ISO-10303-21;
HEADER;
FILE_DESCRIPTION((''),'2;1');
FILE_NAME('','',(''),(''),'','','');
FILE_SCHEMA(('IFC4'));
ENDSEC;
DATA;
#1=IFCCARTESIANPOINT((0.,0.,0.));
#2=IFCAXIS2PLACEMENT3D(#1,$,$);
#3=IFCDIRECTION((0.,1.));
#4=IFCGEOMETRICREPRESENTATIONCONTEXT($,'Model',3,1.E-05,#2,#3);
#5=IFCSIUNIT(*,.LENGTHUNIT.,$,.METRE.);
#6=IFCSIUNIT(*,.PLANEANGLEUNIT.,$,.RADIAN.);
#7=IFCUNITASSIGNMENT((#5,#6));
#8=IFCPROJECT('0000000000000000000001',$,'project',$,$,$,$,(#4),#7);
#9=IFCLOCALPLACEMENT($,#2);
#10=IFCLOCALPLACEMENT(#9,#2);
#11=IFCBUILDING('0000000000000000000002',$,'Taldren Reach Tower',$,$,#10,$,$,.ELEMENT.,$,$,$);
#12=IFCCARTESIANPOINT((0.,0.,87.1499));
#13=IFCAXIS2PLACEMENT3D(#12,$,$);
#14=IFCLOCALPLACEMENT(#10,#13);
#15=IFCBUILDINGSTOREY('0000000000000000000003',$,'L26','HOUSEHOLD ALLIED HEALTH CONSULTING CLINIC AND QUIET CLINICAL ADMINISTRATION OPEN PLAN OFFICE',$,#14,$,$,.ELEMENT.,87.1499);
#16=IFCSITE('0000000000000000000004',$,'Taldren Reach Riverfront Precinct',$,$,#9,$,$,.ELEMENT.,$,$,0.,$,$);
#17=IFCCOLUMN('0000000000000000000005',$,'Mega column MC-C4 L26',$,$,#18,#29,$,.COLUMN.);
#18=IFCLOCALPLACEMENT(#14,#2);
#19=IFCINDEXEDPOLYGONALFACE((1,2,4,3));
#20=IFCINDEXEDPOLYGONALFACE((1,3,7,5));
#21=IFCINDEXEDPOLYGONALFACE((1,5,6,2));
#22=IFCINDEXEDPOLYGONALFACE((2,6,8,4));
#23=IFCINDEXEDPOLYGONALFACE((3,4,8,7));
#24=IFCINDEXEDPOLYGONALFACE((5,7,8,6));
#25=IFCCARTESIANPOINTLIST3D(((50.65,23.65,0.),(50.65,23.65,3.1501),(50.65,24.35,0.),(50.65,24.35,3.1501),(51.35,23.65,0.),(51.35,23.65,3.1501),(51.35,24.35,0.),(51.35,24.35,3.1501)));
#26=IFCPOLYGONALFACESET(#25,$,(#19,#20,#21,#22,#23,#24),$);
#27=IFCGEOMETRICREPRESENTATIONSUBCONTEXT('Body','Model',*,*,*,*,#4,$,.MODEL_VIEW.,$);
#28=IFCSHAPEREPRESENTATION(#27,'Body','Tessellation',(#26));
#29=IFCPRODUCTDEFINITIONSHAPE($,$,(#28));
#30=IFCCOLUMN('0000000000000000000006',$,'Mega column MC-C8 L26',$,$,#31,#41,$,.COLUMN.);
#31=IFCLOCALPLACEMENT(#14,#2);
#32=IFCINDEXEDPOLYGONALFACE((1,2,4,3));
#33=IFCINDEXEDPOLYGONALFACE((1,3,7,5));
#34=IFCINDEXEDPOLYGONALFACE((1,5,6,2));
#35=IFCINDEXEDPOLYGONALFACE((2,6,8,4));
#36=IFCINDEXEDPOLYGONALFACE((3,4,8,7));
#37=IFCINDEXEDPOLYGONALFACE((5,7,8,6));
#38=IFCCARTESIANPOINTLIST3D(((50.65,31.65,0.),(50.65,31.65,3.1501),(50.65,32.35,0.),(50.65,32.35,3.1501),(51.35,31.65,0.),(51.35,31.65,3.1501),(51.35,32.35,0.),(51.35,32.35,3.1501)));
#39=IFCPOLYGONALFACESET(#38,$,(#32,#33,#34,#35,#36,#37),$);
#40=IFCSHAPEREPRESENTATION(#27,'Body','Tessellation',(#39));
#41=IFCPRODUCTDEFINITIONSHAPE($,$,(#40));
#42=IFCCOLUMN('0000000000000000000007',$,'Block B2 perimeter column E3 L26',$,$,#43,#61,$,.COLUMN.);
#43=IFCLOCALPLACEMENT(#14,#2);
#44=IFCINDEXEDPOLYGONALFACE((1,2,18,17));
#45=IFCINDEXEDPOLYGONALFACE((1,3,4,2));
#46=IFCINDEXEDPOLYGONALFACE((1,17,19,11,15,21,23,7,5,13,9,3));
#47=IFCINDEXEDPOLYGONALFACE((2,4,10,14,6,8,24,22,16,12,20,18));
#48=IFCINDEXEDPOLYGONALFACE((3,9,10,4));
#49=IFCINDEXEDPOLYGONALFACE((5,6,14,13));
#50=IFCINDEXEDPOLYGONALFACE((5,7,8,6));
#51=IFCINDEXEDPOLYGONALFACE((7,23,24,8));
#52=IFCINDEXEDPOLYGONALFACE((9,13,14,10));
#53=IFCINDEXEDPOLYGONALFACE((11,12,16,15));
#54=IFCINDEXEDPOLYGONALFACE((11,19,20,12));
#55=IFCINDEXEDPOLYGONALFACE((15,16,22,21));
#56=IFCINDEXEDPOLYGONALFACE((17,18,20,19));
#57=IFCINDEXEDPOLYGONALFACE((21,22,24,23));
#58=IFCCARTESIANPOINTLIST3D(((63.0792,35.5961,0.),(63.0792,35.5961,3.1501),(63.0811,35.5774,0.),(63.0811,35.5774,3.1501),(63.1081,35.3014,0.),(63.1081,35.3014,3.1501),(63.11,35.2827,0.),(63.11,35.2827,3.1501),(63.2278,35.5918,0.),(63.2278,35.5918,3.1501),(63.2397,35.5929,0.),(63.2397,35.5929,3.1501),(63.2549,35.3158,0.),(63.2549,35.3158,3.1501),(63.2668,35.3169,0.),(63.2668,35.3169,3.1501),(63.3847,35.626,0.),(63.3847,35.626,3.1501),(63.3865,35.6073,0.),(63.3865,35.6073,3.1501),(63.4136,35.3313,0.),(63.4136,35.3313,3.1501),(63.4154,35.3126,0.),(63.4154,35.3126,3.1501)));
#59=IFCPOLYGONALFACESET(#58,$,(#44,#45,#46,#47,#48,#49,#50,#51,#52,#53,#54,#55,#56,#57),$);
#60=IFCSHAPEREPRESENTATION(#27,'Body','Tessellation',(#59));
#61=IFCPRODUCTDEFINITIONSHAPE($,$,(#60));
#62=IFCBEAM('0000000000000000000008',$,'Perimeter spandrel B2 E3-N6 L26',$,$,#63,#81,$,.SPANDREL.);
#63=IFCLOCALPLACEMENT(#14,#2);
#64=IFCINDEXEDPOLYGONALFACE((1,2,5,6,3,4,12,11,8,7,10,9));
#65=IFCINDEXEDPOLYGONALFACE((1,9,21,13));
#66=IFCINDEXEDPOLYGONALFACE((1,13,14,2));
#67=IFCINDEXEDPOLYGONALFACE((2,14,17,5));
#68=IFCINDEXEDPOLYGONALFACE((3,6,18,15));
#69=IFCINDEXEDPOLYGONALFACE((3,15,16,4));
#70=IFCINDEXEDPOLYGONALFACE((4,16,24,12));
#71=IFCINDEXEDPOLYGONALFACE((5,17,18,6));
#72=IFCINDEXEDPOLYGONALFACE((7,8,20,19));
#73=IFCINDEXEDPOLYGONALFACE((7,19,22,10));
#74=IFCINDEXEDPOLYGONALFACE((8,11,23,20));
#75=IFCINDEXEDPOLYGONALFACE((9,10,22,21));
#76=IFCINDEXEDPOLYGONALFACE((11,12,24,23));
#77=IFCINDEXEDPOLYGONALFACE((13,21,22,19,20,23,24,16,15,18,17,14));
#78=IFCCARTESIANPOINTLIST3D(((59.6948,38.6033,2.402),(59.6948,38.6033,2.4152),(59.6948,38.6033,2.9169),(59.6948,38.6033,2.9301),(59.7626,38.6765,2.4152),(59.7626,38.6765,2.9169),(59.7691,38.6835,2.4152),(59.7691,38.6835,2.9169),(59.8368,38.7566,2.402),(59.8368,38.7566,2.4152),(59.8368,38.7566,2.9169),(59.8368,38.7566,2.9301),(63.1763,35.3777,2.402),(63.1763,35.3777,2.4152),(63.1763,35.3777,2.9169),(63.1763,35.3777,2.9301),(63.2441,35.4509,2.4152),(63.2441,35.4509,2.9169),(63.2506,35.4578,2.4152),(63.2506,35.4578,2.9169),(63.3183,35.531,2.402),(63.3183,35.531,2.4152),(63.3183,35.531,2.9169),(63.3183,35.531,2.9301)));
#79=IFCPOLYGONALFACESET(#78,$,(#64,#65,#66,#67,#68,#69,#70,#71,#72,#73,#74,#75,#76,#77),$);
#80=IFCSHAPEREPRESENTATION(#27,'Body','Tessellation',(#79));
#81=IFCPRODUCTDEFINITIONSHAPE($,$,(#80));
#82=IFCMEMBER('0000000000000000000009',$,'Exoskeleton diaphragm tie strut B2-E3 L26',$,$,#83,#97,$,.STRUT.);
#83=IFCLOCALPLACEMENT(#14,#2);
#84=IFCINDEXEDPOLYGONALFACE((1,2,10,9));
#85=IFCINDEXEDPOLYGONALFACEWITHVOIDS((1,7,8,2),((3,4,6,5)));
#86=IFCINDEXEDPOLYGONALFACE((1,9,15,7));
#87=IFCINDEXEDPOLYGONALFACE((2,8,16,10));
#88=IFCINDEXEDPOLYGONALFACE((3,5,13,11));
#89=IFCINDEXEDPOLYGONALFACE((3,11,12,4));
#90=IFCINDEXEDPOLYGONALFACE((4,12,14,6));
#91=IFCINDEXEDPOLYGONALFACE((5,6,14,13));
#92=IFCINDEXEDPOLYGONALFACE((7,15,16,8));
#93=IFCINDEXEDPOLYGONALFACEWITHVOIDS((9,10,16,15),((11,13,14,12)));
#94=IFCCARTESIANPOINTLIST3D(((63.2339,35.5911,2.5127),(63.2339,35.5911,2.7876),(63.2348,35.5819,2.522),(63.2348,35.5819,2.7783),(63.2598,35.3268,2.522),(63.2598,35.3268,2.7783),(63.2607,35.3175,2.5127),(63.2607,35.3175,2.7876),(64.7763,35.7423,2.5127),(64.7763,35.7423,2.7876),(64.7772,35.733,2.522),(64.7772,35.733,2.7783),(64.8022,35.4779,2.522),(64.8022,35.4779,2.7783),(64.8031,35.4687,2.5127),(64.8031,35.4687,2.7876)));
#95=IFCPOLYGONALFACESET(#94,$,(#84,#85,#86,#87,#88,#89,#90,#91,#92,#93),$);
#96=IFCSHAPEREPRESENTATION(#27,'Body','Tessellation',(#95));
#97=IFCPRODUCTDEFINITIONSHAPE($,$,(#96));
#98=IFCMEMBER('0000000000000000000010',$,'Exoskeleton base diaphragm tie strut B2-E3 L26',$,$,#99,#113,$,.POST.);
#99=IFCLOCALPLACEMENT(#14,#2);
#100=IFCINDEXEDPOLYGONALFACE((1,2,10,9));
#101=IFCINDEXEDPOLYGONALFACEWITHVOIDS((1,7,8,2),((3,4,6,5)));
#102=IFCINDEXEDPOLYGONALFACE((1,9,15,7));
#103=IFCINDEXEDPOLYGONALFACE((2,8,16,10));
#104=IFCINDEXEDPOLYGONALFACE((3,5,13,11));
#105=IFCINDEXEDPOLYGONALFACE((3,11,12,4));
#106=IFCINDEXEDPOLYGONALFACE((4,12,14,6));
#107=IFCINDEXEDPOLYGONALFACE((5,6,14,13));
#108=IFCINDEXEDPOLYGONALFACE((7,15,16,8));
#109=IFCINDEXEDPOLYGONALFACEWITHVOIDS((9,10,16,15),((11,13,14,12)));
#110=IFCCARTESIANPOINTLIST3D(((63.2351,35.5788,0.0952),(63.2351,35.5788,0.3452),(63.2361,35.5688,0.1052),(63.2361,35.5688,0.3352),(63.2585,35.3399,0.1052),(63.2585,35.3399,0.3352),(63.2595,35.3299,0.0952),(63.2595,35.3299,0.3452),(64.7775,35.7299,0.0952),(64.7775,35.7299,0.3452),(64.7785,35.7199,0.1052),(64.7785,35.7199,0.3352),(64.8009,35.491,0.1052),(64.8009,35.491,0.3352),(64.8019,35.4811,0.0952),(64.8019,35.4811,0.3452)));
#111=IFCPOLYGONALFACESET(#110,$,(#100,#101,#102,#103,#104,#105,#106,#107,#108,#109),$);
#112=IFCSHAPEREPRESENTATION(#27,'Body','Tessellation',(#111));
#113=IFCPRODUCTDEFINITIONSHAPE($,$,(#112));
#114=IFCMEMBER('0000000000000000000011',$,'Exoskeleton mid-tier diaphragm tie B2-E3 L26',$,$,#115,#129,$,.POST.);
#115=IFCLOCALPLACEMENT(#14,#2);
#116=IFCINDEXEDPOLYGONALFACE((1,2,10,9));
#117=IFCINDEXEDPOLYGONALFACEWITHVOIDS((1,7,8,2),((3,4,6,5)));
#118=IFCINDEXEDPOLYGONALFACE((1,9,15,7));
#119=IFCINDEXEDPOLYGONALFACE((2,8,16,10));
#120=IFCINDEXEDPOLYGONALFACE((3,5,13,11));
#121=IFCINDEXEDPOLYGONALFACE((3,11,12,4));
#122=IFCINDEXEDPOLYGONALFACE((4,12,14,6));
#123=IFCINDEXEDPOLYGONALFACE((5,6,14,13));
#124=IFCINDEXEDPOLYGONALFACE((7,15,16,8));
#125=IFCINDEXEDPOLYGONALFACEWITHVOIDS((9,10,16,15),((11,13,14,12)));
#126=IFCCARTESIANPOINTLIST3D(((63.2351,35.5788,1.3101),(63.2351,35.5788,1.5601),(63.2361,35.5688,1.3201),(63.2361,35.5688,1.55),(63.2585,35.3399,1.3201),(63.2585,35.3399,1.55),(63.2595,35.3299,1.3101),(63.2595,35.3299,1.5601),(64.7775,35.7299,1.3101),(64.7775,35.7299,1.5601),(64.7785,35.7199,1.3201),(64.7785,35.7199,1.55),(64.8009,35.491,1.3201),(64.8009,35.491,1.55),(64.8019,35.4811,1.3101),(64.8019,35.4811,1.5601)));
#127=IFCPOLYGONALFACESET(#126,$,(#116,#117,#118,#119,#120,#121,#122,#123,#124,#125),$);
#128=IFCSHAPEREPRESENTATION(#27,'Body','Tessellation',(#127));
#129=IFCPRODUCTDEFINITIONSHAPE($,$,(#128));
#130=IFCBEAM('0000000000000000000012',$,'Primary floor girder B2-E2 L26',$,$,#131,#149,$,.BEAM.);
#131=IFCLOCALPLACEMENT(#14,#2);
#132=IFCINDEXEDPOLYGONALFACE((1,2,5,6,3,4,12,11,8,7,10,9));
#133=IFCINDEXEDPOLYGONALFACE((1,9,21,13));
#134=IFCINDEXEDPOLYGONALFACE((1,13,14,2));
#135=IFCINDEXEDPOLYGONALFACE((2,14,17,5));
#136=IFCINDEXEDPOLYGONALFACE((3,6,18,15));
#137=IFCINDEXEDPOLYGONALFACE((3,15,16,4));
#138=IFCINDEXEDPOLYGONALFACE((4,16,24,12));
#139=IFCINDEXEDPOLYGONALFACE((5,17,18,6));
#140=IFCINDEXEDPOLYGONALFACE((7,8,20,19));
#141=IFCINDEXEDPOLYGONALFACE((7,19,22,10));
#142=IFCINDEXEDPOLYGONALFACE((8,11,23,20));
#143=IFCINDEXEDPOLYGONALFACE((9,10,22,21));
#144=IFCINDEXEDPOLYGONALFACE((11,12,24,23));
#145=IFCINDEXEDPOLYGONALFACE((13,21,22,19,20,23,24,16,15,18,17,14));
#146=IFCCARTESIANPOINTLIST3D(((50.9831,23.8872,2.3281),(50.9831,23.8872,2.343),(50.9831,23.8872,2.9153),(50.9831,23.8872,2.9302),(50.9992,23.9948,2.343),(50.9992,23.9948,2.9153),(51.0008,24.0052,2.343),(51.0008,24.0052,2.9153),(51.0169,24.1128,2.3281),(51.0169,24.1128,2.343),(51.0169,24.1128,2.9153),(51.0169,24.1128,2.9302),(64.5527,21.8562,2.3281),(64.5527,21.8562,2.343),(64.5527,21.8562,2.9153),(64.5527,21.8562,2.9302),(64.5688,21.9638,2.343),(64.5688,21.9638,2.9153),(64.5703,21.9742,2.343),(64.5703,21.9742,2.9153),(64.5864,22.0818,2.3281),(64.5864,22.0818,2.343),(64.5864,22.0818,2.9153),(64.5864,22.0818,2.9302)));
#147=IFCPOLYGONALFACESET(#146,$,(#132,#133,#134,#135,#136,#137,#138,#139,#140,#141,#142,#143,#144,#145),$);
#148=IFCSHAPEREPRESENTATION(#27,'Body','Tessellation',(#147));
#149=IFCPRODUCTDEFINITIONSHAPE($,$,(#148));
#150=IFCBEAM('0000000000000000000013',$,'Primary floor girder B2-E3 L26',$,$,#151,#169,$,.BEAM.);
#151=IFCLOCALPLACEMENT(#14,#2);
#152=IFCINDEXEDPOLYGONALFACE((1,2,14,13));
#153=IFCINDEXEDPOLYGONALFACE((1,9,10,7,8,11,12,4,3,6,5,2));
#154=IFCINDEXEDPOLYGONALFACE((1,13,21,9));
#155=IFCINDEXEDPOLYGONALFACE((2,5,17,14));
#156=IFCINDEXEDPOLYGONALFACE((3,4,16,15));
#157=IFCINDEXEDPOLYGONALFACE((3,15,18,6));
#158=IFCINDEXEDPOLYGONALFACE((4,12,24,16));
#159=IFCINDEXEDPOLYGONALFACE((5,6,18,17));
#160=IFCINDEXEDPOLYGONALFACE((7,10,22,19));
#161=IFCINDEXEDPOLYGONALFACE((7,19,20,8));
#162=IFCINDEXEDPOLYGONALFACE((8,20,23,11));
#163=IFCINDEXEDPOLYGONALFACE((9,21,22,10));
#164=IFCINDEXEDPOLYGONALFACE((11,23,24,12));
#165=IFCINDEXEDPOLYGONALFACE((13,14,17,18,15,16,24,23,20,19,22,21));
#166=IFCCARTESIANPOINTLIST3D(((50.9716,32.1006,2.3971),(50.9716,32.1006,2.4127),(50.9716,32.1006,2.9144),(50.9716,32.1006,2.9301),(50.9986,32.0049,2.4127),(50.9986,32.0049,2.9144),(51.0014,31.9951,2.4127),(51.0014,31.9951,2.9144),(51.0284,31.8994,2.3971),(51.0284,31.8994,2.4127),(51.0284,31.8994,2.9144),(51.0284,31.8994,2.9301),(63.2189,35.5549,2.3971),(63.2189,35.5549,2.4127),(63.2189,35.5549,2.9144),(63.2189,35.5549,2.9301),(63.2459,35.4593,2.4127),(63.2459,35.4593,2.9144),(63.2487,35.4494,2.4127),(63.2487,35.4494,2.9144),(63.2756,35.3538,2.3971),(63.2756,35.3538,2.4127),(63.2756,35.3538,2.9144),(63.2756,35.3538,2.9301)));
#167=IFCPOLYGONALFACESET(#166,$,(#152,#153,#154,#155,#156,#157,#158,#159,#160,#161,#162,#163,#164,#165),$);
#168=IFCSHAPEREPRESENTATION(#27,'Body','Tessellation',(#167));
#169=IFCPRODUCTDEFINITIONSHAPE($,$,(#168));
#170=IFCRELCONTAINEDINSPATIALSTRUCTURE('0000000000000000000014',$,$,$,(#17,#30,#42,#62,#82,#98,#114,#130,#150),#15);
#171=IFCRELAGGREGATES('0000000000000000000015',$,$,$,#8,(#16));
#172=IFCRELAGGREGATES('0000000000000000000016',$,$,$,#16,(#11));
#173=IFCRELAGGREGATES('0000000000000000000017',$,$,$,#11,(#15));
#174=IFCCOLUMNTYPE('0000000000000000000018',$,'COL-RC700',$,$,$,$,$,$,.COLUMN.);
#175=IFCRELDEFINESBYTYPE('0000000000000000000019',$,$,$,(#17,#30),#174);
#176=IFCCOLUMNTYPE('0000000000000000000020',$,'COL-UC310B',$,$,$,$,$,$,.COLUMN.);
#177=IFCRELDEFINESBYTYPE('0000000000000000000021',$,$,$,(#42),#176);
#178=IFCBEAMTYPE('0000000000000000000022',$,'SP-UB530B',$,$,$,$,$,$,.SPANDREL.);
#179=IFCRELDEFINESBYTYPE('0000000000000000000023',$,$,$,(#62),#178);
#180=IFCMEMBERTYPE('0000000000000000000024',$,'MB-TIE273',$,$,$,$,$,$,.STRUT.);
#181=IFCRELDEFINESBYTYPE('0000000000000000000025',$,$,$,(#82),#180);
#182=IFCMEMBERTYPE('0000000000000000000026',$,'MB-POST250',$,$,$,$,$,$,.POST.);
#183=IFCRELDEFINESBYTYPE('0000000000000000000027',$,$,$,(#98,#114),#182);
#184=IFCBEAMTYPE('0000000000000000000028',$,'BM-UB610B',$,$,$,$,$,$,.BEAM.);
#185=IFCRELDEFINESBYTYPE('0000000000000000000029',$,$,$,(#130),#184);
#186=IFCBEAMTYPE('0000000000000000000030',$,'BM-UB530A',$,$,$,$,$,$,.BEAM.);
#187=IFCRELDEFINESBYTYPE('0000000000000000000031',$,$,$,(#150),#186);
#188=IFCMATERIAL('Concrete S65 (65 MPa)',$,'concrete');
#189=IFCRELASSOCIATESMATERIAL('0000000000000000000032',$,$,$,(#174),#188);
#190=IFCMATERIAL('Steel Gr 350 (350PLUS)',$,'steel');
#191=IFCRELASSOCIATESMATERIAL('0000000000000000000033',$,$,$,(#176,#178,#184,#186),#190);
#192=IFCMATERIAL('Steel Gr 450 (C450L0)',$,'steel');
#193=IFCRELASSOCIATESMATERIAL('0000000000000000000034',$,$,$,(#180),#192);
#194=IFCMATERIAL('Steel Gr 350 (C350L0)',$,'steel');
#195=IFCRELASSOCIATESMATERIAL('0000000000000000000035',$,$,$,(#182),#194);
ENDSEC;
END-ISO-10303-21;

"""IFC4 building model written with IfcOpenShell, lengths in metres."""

from ifc_helpers import new_model, si_unit, direction, frame, origin, origin_2d, place, context, subcontext, project, spatial, rectangle, hollow_rectangle, i_section, extrude, source, transform, mapped, material, material_profile, profile_set, type_object, element, save


model = new_model("IFC4")

# Units and contexts
model_context = context("Model", 3, precision=1e-05, world=origin(), true_north=direction((0.0, 1.0)))
body_context = subcontext(model_context, "Body", "Model", "MODEL_VIEW")
ifc_project = project(units=[si_unit("LENGTHUNIT", "METRE"), si_unit("PLANEANGLEUNIT", "RADIAN")], contexts=[model_context])

# Site, building, storey
site_placement = place(None, origin())
site = spatial("IfcSite", under=ifc_project, at=site_placement, Name="Taldren Reach Riverfront Precinct", CompositionType="ELEMENT", RefElevation=0.0)
building_placement = place(site_placement, origin())
building = spatial("IfcBuilding", under=site, at=building_placement, Name="Taldren Reach Tower", CompositionType="ELEMENT")
storey_placement = place(building_placement, frame((0.0, 0.0, 87.1499)))
storey = spatial("IfcBuildingStorey", under=building, at=storey_placement, Name="L26", Description="HOUSEHOLD ALLIED HEALTH CONSULTING CLINIC AND QUIET CLINICAL ADMINISTRATION OPEN PLAN OFFICE", CompositionType="ELEMENT", Elevation=87.1499)

# Columns
ifc_material_1 = material(Name="Concrete S65 (65 MPa)", Category="concrete")
ifc_material_profile_1 = material_profile(ifc_material_1, rectangle(XDim=0.7, YDim=0.7, at=origin_2d()), Name="RC-700x700")
ifc_profile_set_1 = profile_set([ifc_material_profile_1], Name="Concrete S65 (65 MPa)")
column_type_1 = type_object("IfcColumnType", Name="COL-RC700", PredefinedType="COLUMN", material=ifc_profile_set_1)
shared_shape_1 = source(origin(), body_context, "Body", "SweptSolid", [
    extrude(rectangle(XDim=0.7, YDim=0.7, at=origin_2d()), origin(), (0.0, 0.0, 1.0), 3.1501),
])
for number, where, z_axis, x_axis, name in (
    (1, (51.0, 24.0, 0.0), (0.0, 0.0, 1.0), (1.0, 0.0, 0.0), "Mega column MC-C4 L26"),
    (2, (51.0, 32.0, 0.0), (0.0, 0.0, 1.0), (1.0, 0.0, 0.0), "Mega column MC-C8 L26"),
):
    element("IfcColumn", number, at=place(storey_placement, frame(where, z_axis=z_axis, x_axis=x_axis)), inside=storey, type_object=column_type_1, Name=name, PredefinedType="COLUMN", context=body_context, shape_type="MappedRepresentation", body=[
        mapped(shared_shape_1, transform((0.0, 0.0, 0.0), scale=1.0)),
    ])
ifc_material_2 = material(Name="Steel Gr 350 (350PLUS)", Category="steel")
ifc_material_profile_2 = material_profile(ifc_material_2, i_section(OverallWidth=0.3069, OverallDepth=0.3149, WebThickness=0.012, FlangeThickness=0.0188, at=origin_2d()), Name="310UC118")
ifc_profile_set_2 = profile_set([ifc_material_profile_2], Name="Steel Gr 350 (350PLUS)")
column_type_2 = type_object("IfcColumnType", Name="COL-UC310B", PredefinedType="COLUMN", material=ifc_profile_set_2)
shared_shape_2 = source(origin(), body_context, "Body", "SweptSolid", [
    extrude(i_section(OverallWidth=0.3069, OverallDepth=0.3149, WebThickness=0.012, FlangeThickness=0.0188, at=origin_2d()), origin(), (0.0, 0.0, 1.0), 3.1501),
])
column_placement = place(storey_placement, frame((63.2473, 35.4543, 0.0), z_axis=(0.0, 0.0, 1.0), x_axis=(0.995227, 0.097583, 0.0)))
element("IfcColumn", 3, at=column_placement, inside=storey, type_object=column_type_2, Name="Block B2 perimeter column E3 L26", PredefinedType="COLUMN", context=body_context, shape_type="MappedRepresentation", body=[
    mapped(shared_shape_2, transform((0.0, 0.0, 0.0), scale=1.0)),
])

# Beam
ifc_material_profile_3 = material_profile(ifc_material_2, i_section(OverallWidth=0.209, OverallDepth=0.5281, WebThickness=0.0095, FlangeThickness=0.0132, at=origin_2d()), Name="530UB82.0")
ifc_profile_set_3 = profile_set([ifc_material_profile_3], Name="Steel Gr 350 (350PLUS)")
beam_type_1 = type_object("IfcBeamType", Name="SP-UB530B", PredefinedType="SPANDREL", material=ifc_profile_set_3)
shared_shape_3 = source(origin(), body_context, "Body", "SweptSolid", [
    extrude(i_section(OverallWidth=0.209, OverallDepth=0.5281, WebThickness=0.0095, FlangeThickness=0.0132, at=origin_2d()), origin(), (0.0, 0.0, 1.0), 4.7461),
])
beam_1_placement = place(storey_placement, frame((63.2473, 35.4543, 2.666), z_axis=(-0.733548, 0.679638, 0.0), x_axis=(-0.679638, -0.733548, 0.0)))
element("IfcBeam", 4, at=beam_1_placement, inside=storey, type_object=beam_type_1, Name="Perimeter spandrel B2 E3-N6 L26", PredefinedType="SPANDREL", context=body_context, shape_type="MappedRepresentation", body=[
    mapped(shared_shape_3, transform((0.0, 0.0, 0.0), scale=1.0)),
])

# Members
ifc_material_3 = material(Name="Steel Gr 450 (C450L0)", Category="steel")
ifc_material_profile_4 = material_profile(ifc_material_3, hollow_rectangle(XDim=0.2749, YDim=0.2749, WallThickness=0.0093, at=origin_2d()), Name="275x275x9.3SHS")
ifc_profile_set_4 = profile_set([ifc_material_profile_4], Name="Steel Gr 450 (C450L0)")
member_type_1 = type_object("IfcMemberType", Name="MB-TIE273", PredefinedType="STRUT", material=ifc_profile_set_4)
shared_shape_4 = source(origin(), body_context, "Body", "SweptSolid", [
    extrude(hollow_rectangle(XDim=0.2749, YDim=0.2749, WallThickness=0.0093, at=origin_2d()), origin(), (0.0, 0.0, 1.0), 1.5498),
])
member_1_placement = place(storey_placement, frame((63.2473, 35.4543, 2.6501), z_axis=(0.995235, 0.097507, 0.0), x_axis=(-0.097507, 0.995235, 0.0)))
element("IfcMember", 5, at=member_1_placement, inside=storey, type_object=member_type_1, Name="Exoskeleton diaphragm tie strut B2-E3 L26", PredefinedType="STRUT", context=body_context, shape_type="MappedRepresentation", body=[
    mapped(shared_shape_4, transform((0.0, 0.0, 0.0), scale=1.0)),
])
ifc_material_4 = material(Name="Steel Gr 350 (C350L0)", Category="steel")
ifc_material_profile_5 = material_profile(ifc_material_4, hollow_rectangle(XDim=0.25, YDim=0.25, WallThickness=0.01, at=origin_2d()), Name="250x250x10.0SHS")
ifc_profile_set_5 = profile_set([ifc_material_profile_5], Name="Steel Gr 350 (C350L0)")
member_type_2 = type_object("IfcMemberType", Name="MB-POST250", PredefinedType="POST", material=ifc_profile_set_5)
shared_shape_5 = source(origin(), body_context, "Body", "SweptSolid", [
    extrude(hollow_rectangle(XDim=0.25, YDim=0.25, WallThickness=0.01, at=origin_2d()), origin(), (0.0, 0.0, 1.0), 1.5498),
])
for number, where, z_axis, x_axis, name in (
    (6, (63.2473, 35.4543, 0.2202), (0.995235, 0.097507, 0.0), (-0.097507, 0.995235, 0.0), "Exoskeleton base diaphragm tie strut B2-E3 L26"),
    (7, (63.2473, 35.4543, 1.4351), (0.995235, 0.097507, 0.0), (-0.097507, 0.995235, 0.0), "Exoskeleton mid-tier diaphragm tie B2-E3 L26"),
):
    element("IfcMember", number, at=place(storey_placement, frame(where, z_axis=z_axis, x_axis=x_axis)), inside=storey, type_object=member_type_2, Name=name, PredefinedType="POST", context=body_context, shape_type="MappedRepresentation", body=[
        mapped(shared_shape_5, transform((0.0, 0.0, 0.0), scale=1.0)),
    ])

# Beams
ifc_material_profile_6 = material_profile(ifc_material_2, i_section(OverallWidth=0.228, OverallDepth=0.6021, WebThickness=0.0105, FlangeThickness=0.0149, at=origin_2d()), Name="610UB101")
ifc_profile_set_6 = profile_set([ifc_material_profile_6], Name="Steel Gr 350 (350PLUS)")
beam_type_2 = type_object("IfcBeamType", Name="BM-UB610B", PredefinedType="BEAM", material=ifc_profile_set_6)
shared_shape_6 = source(origin(), body_context, "Body", "SweptSolid", [
    extrude(i_section(OverallWidth=0.228, OverallDepth=0.6021, WebThickness=0.0105, FlangeThickness=0.0149, at=origin_2d()), origin(), (0.0, 0.0, 1.0), 13.7207),
])
beam_2_placement = place(storey_placement, frame((51.0, 24.0, 2.6292), z_axis=(0.988984, -0.148025, 0.0), x_axis=(0.148025, 0.988984, 0.0)))
element("IfcBeam", 8, at=beam_2_placement, inside=storey, type_object=beam_type_2, Name="Primary floor girder B2-E2 L26", PredefinedType="BEAM", context=body_context, shape_type="MappedRepresentation", body=[
    mapped(shared_shape_6, transform((0.0, 0.0, 0.0), scale=1.0)),
])
ifc_material_profile_7 = material_profile(ifc_material_2, i_section(OverallWidth=0.209, OverallDepth=0.533, WebThickness=0.0103, FlangeThickness=0.0156, at=origin_2d()), Name="530UB92.4")
ifc_profile_set_7 = profile_set([ifc_material_profile_7], Name="Steel Gr 350 (350PLUS)")
beam_type_3 = type_object("IfcBeamType", Name="BM-UB530A", PredefinedType="BEAM", material=ifc_profile_set_7)
shared_shape_7 = source(origin(), body_context, "Body", "SweptSolid", [
    extrude(i_section(OverallWidth=0.209, OverallDepth=0.533, WebThickness=0.0103, FlangeThickness=0.0156, at=origin_2d()), origin(), (0.0, 0.0, 1.0), 12.7251),
])
beam_3_placement = place(storey_placement, frame((51.0, 32.0, 2.6636), z_axis=(0.96245, 0.271458, 0.0), x_axis=(-0.271458, 0.96245, 0.0)))
element("IfcBeam", 9, at=beam_3_placement, inside=storey, type_object=beam_type_3, Name="Primary floor girder B2-E3 L26", PredefinedType="BEAM", context=body_context, shape_type="MappedRepresentation", body=[
    mapped(shared_shape_7, transform((0.0, 0.0, 0.0), scale=1.0)),
])

save(model, "model.ifc")
